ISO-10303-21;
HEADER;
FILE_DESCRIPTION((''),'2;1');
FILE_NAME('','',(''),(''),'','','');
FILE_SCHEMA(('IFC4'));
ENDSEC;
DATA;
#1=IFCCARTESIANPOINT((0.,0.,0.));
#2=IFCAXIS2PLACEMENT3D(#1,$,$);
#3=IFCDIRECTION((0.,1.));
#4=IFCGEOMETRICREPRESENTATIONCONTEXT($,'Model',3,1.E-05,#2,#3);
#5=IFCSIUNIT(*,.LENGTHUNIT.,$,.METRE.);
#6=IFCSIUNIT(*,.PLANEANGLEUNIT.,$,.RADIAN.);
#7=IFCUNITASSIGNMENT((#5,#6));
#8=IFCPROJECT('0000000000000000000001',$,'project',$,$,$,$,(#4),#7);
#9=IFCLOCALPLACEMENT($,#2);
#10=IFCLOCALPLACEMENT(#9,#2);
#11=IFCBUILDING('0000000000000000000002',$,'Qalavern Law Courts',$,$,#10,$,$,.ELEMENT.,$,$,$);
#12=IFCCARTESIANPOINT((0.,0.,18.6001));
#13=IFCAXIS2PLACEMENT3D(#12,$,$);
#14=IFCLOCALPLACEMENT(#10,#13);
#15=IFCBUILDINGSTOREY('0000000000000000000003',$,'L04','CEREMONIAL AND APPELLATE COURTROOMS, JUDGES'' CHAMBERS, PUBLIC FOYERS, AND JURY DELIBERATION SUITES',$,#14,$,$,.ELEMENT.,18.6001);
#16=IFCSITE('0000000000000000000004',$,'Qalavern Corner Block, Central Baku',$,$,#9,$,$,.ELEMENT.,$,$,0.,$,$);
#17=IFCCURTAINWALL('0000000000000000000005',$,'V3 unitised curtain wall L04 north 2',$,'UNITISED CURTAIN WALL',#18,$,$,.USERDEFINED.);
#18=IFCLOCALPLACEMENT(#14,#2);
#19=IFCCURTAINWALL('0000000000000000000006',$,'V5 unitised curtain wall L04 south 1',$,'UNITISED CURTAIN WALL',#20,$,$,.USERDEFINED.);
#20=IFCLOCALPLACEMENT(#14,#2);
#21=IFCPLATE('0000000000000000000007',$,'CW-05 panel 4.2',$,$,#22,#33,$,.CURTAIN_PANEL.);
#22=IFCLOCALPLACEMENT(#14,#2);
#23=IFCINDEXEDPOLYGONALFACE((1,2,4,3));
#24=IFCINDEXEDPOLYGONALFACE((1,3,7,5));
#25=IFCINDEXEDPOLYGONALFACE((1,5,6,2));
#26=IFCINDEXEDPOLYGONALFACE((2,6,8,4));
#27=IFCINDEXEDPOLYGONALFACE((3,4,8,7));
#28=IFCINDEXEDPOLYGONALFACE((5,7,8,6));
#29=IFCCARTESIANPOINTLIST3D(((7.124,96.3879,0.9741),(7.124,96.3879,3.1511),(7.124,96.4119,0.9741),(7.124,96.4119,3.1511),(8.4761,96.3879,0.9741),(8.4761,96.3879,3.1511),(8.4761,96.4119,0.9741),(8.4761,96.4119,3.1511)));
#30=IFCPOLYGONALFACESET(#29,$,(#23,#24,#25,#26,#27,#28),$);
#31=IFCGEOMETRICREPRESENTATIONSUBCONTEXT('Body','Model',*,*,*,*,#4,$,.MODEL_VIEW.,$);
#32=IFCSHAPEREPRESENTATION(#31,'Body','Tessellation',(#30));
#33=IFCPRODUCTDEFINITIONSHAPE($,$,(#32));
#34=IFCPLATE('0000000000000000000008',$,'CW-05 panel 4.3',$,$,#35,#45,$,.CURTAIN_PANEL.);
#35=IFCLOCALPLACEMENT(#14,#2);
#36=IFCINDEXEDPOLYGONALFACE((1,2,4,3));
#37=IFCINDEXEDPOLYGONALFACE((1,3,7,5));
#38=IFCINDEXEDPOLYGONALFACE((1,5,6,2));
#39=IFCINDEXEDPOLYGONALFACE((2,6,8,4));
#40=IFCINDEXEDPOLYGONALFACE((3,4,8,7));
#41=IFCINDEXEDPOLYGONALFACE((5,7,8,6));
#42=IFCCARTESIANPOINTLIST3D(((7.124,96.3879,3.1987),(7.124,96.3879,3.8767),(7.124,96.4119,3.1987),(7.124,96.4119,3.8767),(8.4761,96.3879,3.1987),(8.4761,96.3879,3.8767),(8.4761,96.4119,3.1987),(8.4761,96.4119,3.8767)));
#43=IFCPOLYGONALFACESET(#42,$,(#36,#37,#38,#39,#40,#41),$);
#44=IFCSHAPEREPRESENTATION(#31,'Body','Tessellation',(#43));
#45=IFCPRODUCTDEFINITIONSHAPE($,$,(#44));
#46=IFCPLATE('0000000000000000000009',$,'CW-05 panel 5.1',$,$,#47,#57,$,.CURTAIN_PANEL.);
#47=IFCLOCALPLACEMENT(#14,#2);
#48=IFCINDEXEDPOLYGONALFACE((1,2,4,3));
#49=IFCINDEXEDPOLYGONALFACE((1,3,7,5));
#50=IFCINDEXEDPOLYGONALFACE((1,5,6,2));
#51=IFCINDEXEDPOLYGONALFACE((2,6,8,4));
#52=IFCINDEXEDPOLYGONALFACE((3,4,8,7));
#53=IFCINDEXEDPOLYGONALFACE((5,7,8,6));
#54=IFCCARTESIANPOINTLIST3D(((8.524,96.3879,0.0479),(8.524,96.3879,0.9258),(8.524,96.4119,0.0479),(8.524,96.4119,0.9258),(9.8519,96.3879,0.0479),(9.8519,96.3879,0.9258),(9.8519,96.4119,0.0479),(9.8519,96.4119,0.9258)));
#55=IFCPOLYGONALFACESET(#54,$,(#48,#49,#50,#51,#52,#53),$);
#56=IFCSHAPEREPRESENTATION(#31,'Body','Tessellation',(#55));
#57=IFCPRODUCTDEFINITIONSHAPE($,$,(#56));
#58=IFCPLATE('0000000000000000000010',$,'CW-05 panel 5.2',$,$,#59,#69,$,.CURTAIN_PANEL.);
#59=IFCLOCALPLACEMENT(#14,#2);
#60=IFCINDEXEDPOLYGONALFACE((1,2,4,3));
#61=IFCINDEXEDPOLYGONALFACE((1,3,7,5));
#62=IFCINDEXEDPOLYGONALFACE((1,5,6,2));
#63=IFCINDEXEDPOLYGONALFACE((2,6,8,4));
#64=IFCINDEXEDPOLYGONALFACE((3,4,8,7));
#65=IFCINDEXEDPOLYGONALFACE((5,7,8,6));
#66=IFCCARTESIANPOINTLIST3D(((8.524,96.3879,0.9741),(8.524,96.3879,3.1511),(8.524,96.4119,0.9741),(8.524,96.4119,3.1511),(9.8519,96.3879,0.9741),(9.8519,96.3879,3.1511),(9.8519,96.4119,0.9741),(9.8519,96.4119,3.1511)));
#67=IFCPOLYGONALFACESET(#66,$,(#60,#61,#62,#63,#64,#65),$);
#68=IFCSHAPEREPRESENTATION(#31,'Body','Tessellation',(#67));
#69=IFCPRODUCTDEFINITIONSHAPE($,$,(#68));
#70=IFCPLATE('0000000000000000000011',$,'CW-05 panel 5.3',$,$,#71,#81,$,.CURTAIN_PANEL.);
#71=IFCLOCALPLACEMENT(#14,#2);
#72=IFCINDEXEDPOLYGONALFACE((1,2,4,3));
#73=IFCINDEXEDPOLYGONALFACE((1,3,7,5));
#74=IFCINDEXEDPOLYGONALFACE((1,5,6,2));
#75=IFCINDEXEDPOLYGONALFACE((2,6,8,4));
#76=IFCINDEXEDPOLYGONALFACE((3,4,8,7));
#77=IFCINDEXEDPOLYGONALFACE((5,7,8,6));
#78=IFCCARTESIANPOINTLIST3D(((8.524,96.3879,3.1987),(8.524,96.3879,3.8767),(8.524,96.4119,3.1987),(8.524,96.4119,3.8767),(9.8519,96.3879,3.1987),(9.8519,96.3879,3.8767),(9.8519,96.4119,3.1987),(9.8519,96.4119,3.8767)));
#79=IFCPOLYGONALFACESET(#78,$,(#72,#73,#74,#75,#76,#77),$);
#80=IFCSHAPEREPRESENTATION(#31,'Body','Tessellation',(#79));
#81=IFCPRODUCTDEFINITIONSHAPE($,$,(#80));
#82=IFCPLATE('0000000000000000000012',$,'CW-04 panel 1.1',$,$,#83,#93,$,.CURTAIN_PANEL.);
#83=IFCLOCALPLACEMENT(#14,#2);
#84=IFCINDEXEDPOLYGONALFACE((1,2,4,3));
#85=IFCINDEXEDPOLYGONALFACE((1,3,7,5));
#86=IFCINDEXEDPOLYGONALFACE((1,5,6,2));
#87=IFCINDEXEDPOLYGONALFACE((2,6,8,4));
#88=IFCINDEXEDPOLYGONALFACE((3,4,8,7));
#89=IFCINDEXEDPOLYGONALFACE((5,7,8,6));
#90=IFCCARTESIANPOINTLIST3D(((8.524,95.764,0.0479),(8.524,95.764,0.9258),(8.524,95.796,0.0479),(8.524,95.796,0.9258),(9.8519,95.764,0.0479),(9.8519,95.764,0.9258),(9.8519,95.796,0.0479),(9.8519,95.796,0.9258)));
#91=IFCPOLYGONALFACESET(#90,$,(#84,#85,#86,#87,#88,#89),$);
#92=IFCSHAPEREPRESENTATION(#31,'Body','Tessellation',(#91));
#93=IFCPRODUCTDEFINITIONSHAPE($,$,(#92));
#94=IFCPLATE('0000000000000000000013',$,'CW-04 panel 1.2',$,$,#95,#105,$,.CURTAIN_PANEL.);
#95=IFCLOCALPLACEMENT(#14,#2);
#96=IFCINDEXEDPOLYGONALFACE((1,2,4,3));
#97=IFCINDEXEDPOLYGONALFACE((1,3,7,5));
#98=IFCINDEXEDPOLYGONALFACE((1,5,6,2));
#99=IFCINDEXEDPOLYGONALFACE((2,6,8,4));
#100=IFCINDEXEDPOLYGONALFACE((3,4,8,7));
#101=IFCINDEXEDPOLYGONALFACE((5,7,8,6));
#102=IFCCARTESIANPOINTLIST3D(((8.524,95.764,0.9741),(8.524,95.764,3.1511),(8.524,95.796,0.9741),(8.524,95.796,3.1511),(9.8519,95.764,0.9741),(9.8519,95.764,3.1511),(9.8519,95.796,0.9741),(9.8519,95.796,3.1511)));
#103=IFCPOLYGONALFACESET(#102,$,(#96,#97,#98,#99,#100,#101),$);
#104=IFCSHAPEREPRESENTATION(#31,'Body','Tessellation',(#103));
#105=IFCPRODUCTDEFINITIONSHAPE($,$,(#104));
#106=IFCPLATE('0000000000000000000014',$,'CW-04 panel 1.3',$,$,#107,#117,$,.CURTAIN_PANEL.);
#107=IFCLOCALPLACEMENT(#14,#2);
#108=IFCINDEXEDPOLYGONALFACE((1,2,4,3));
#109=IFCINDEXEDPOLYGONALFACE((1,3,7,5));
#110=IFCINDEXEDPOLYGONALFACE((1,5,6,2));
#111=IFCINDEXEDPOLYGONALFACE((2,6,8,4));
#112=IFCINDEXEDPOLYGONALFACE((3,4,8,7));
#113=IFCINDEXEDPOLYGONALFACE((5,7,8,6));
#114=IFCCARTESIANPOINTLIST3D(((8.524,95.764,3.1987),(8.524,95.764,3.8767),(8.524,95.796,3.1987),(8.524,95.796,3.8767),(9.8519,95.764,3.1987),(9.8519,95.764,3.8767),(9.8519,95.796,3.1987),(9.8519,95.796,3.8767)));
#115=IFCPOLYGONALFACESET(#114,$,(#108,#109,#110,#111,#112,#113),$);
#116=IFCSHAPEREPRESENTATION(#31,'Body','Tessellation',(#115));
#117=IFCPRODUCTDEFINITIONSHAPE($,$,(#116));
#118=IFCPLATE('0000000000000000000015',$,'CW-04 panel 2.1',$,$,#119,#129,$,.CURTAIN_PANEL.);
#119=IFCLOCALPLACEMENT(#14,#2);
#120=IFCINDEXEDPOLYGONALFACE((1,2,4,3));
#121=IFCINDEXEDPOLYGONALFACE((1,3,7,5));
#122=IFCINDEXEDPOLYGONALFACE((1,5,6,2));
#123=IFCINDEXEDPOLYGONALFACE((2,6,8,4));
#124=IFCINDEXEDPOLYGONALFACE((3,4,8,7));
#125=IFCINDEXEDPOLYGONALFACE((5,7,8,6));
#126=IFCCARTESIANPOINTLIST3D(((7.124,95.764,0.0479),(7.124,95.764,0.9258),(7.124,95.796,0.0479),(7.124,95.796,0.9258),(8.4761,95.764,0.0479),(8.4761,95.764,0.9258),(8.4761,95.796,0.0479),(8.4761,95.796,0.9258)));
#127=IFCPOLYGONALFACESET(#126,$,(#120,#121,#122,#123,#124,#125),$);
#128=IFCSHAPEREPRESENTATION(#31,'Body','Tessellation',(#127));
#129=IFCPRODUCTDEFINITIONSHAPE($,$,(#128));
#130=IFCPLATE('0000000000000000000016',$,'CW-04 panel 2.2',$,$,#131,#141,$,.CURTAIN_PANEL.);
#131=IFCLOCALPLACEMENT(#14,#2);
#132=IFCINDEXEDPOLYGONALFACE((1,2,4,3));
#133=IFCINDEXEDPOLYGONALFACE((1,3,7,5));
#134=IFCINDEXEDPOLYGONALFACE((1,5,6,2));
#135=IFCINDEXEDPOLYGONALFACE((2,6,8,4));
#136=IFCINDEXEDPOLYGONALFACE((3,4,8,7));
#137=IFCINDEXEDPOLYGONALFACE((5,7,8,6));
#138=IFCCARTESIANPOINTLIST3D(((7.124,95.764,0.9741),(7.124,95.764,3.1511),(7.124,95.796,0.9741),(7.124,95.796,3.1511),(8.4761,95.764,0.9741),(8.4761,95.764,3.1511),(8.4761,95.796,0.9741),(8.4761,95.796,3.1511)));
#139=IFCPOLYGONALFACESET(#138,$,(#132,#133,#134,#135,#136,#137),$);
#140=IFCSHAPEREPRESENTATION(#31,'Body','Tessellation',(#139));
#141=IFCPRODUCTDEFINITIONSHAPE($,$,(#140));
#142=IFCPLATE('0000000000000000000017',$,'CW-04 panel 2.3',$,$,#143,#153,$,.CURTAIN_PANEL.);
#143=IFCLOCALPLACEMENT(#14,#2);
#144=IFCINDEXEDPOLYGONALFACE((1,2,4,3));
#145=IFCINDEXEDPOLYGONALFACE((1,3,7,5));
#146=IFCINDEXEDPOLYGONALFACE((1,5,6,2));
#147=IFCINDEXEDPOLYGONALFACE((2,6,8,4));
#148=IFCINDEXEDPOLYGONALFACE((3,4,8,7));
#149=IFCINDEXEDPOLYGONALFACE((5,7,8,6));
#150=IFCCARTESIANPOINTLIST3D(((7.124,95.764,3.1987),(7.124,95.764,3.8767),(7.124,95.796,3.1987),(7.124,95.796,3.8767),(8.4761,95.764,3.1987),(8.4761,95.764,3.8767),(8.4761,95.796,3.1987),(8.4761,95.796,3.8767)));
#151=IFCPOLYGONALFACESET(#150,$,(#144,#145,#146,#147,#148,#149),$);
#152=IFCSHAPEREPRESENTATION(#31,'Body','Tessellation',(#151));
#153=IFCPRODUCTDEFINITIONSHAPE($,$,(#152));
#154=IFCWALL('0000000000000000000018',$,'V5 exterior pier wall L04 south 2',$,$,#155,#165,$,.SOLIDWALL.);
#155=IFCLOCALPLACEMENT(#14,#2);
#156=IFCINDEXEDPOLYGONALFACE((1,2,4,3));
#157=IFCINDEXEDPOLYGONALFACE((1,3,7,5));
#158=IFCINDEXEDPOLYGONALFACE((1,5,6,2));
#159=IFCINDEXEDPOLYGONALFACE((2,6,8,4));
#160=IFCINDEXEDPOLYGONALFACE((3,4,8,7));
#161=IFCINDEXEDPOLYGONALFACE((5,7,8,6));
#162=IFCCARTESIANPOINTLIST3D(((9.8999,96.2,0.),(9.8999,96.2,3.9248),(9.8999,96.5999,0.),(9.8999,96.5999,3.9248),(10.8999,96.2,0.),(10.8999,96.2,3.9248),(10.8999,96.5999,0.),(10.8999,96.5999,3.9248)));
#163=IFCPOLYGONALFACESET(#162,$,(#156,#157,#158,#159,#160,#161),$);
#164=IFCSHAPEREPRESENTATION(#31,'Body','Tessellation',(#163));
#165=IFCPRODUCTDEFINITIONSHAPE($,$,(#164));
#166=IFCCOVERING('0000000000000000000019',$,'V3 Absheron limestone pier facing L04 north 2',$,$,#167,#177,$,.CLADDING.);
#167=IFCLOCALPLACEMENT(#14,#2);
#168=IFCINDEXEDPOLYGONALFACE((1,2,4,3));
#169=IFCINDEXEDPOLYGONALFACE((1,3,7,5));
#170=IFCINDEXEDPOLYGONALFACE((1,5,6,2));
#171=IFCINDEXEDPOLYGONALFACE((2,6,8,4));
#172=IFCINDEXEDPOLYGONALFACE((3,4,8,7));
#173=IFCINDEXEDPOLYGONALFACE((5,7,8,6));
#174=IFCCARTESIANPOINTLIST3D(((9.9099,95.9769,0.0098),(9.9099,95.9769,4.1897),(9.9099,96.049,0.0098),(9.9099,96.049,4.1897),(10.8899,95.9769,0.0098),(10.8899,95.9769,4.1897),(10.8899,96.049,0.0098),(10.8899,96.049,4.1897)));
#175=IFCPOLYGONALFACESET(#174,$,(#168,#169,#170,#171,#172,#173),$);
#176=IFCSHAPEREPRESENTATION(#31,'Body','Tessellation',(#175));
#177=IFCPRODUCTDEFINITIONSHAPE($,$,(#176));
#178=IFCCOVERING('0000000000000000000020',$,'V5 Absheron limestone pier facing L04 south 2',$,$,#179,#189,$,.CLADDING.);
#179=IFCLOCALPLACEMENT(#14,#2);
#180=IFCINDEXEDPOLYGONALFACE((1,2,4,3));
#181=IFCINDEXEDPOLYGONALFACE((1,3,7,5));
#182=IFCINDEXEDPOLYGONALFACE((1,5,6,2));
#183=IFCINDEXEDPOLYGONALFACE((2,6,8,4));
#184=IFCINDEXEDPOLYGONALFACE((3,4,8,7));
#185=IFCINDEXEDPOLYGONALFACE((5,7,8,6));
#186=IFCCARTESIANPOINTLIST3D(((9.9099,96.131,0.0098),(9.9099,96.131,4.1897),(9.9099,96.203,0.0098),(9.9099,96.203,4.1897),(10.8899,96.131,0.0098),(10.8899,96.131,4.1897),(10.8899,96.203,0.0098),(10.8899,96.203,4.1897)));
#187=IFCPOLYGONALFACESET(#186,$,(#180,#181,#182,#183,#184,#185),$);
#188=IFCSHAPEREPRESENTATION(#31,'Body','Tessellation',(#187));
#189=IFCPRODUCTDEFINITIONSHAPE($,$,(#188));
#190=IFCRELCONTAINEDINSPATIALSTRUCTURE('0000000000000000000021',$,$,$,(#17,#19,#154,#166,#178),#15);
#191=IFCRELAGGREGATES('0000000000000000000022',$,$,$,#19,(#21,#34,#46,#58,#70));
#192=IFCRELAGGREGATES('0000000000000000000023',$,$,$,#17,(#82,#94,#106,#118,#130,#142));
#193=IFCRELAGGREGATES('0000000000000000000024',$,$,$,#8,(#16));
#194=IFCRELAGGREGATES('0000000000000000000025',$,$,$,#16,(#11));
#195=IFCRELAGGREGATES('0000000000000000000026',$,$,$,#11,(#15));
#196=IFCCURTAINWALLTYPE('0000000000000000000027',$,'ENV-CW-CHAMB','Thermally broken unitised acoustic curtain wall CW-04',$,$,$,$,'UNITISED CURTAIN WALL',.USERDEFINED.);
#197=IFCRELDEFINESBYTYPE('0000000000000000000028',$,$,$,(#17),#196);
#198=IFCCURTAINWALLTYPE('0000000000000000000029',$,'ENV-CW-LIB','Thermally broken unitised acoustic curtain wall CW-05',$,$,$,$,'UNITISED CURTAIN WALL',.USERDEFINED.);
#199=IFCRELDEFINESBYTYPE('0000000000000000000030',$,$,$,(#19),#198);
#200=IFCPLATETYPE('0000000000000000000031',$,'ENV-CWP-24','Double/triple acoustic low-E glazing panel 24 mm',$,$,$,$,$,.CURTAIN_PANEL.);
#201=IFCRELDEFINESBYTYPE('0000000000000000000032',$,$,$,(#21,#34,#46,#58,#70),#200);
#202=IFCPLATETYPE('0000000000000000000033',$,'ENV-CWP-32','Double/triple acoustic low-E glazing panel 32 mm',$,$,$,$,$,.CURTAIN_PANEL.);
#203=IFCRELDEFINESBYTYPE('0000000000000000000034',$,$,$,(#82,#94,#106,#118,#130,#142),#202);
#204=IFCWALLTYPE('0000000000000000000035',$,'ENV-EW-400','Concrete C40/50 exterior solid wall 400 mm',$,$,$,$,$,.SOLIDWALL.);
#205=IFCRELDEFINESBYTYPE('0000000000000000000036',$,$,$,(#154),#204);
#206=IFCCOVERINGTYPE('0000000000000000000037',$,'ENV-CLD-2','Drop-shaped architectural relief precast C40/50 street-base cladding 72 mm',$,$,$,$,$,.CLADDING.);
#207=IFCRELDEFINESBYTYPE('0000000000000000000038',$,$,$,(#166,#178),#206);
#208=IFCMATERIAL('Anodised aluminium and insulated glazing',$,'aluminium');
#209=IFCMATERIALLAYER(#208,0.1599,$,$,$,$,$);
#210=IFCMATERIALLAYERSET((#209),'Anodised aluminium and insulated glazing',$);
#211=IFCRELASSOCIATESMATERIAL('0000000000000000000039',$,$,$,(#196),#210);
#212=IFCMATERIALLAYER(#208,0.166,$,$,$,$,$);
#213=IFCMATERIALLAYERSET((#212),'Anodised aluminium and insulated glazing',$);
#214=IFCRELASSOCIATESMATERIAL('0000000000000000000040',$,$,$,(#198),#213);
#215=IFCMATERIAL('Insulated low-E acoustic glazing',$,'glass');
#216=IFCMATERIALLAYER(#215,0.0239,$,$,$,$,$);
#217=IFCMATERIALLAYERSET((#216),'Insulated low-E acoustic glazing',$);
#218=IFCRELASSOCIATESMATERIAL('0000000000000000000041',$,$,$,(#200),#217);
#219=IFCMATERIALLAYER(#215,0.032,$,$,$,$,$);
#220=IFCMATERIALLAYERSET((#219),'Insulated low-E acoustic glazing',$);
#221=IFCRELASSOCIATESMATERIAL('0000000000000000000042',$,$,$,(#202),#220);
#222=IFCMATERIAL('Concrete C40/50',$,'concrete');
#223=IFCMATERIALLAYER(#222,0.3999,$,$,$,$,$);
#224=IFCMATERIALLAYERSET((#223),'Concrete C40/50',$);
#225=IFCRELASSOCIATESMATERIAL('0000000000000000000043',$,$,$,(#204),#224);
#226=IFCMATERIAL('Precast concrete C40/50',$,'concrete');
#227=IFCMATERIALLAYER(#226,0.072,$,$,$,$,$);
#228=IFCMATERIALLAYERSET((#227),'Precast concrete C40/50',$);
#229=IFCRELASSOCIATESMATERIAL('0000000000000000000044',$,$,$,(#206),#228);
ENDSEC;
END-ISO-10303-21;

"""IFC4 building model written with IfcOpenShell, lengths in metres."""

from ifc_helpers import new_model, si_unit, direction, frame, frame_2d, origin, origin_2d, place, context, subcontext, project, spatial, rectangle, extrude, material, layer, layer_set, type_object, element, aggregate, save


model = new_model("IFC4")

# Units and contexts
model_context = context("Model", 3, precision=1e-05, world=origin(), true_north=direction((0.0, 1.0)))
body_context = subcontext(model_context, "Body", "Model", "MODEL_VIEW")
ifc_project = project(units=[si_unit("LENGTHUNIT", "METRE"), si_unit("PLANEANGLEUNIT", "RADIAN")], contexts=[model_context])

# Site, building, storey
site_placement = place(None, origin())
site = spatial("IfcSite", under=ifc_project, at=site_placement, Name="Qalavern Corner Block, Central Baku", CompositionType="ELEMENT", RefElevation=0.0)
building_placement = place(site_placement, origin())
building = spatial("IfcBuilding", under=site, at=building_placement, Name="Qalavern Law Courts", CompositionType="ELEMENT")
storey_placement = place(building_placement, frame((0.0, 0.0, 18.6001)))
storey = spatial("IfcBuildingStorey", under=building, at=storey_placement, Name="L04", Description="CEREMONIAL AND APPELLATE COURTROOMS, JUDGES' CHAMBERS, PUBLIC FOYERS, AND JURY DELIBERATION SUITES", CompositionType="ELEMENT", Elevation=18.6001)

# Curtain walls
ifc_material_1 = material(Name="Anodised aluminium and insulated glazing", Category="aluminium")
ifc_layer_1 = layer(ifc_material_1, 0.1599)
ifc_layer_set_1 = layer_set([ifc_layer_1], Name="Anodised aluminium and insulated glazing")
curtain_wall_type_1 = type_object("IfcCurtainWallType", Name="ENV-CW-CHAMB", Description="Thermally broken unitised acoustic curtain wall CW-04", ElementType="UNITISED CURTAIN WALL", PredefinedType="USERDEFINED", material=ifc_layer_set_1)
curtain_wall_1_placement = place(storey_placement, origin())
curtain_wall_1 = element("IfcCurtainWall", 1, at=curtain_wall_1_placement, inside=storey, type_object=curtain_wall_type_1, Name="V3 unitised curtain wall L04 north 2", ObjectType="UNITISED CURTAIN WALL", PredefinedType="USERDEFINED")
ifc_layer_2 = layer(ifc_material_1, 0.166)
ifc_layer_set_2 = layer_set([ifc_layer_2], Name="Anodised aluminium and insulated glazing")
curtain_wall_type_2 = type_object("IfcCurtainWallType", Name="ENV-CW-LIB", Description="Thermally broken unitised acoustic curtain wall CW-05", ElementType="UNITISED CURTAIN WALL", PredefinedType="USERDEFINED", material=ifc_layer_set_2)
curtain_wall_2_placement = place(storey_placement, origin())
curtain_wall_2 = element("IfcCurtainWall", 2, at=curtain_wall_2_placement, inside=storey, type_object=curtain_wall_type_2, Name="V5 unitised curtain wall L04 south 1", ObjectType="UNITISED CURTAIN WALL", PredefinedType="USERDEFINED")

# Shared definitions
ifc_material_2 = material(Name="Concrete C40/50", Category="concrete")

# Plates
ifc_material_3 = material(Name="Insulated low-E acoustic glazing", Category="glass")
ifc_layer_3 = layer(ifc_material_3, 0.0239)
ifc_layer_set_3 = layer_set([ifc_layer_3], Name="Insulated low-E acoustic glazing")
plate_type_1 = type_object("IfcPlateType", Name="ENV-CWP-24", Description="Double/triple acoustic low-E glazing panel 24 mm", PredefinedType="CURTAIN_PANEL", material=ifc_layer_set_3)
plate_1_placement = place(storey_placement, frame((7.8, 96.3999, 0.9741), z_axis=(0.0, 0.0, 1.0), x_axis=(1.0, 0.0, 0.0)))
plate_1 = element("IfcPlate", 3, at=plate_1_placement, type_object=plate_type_1, Name="CW-05 panel 4.2", PredefinedType="CURTAIN_PANEL", context=body_context, shape_type="SweptSolid", body=[
    extrude(rectangle(XDim=1.3521, YDim=0.0239, at=origin_2d()), origin(), (0.0, 0.0, 1.0), 2.177),
])
plate_2_placement = place(storey_placement, frame((7.8, 96.3999, 3.1987), z_axis=(0.0, 0.0, 1.0), x_axis=(1.0, 0.0, 0.0)))
plate_2 = element("IfcPlate", 4, at=plate_2_placement, type_object=plate_type_1, Name="CW-05 panel 4.3", PredefinedType="CURTAIN_PANEL", context=body_context, shape_type="SweptSolid", body=[
    extrude(rectangle(XDim=1.3521, YDim=0.0239, at=origin_2d()), origin(), (0.0, 0.0, 1.0), 0.678),
])
plate_3_placement = place(storey_placement, frame((9.188, 96.3999, 0.0479), z_axis=(0.0, 0.0, 1.0), x_axis=(1.0, 0.0, 0.0)))
plate_3 = element("IfcPlate", 5, at=plate_3_placement, type_object=plate_type_1, Name="CW-05 panel 5.1", PredefinedType="CURTAIN_PANEL", context=body_context, shape_type="SweptSolid", body=[
    extrude(rectangle(XDim=1.3279, YDim=0.0239, at=origin_2d()), origin(), (0.0, 0.0, 1.0), 0.8779),
])
plate_4_placement = place(storey_placement, frame((9.188, 96.3999, 0.9741), z_axis=(0.0, 0.0, 1.0), x_axis=(1.0, 0.0, 0.0)))
plate_4 = element("IfcPlate", 6, at=plate_4_placement, type_object=plate_type_1, Name="CW-05 panel 5.2", PredefinedType="CURTAIN_PANEL", context=body_context, shape_type="SweptSolid", body=[
    extrude(rectangle(XDim=1.3279, YDim=0.0239, at=origin_2d()), origin(), (0.0, 0.0, 1.0), 2.177),
])
plate_5_placement = place(storey_placement, frame((9.188, 96.3999, 3.1987), z_axis=(0.0, 0.0, 1.0), x_axis=(1.0, 0.0, 0.0)))
plate_5 = element("IfcPlate", 7, at=plate_5_placement, type_object=plate_type_1, Name="CW-05 panel 5.3", PredefinedType="CURTAIN_PANEL", context=body_context, shape_type="SweptSolid", body=[
    extrude(rectangle(XDim=1.3279, YDim=0.0239, at=origin_2d()), origin(), (0.0, 0.0, 1.0), 0.678),
])
aggregate(curtain_wall_2, [plate_1, plate_2, plate_3, plate_4, plate_5])
ifc_layer_4 = layer(ifc_material_3, 0.032)
ifc_layer_set_4 = layer_set([ifc_layer_4], Name="Insulated low-E acoustic glazing")
plate_type_2 = type_object("IfcPlateType", Name="ENV-CWP-32", Description="Double/triple acoustic low-E glazing panel 32 mm", PredefinedType="CURTAIN_PANEL", material=ifc_layer_set_4)
plate_6_placement = place(storey_placement, frame((9.188, 95.78, 0.0479), z_axis=(0.0, 0.0, 1.0), x_axis=(-1.0, 0.0, 0.0)))
plate_6 = element("IfcPlate", 8, at=plate_6_placement, type_object=plate_type_2, Name="CW-04 panel 1.1", PredefinedType="CURTAIN_PANEL", context=body_context, shape_type="SweptSolid", body=[
    extrude(rectangle(XDim=1.3279, YDim=0.032, at=origin_2d()), origin(), (0.0, 0.0, 1.0), 0.8779),
])
plate_7_placement = place(storey_placement, frame((9.188, 95.78, 0.9741), z_axis=(0.0, 0.0, 1.0), x_axis=(-1.0, 0.0, 0.0)))
plate_7 = element("IfcPlate", 9, at=plate_7_placement, type_object=plate_type_2, Name="CW-04 panel 1.2", PredefinedType="CURTAIN_PANEL", context=body_context, shape_type="SweptSolid", body=[
    extrude(rectangle(XDim=1.3279, YDim=0.032, at=origin_2d()), origin(), (0.0, 0.0, 1.0), 2.177),
])
plate_8_placement = place(storey_placement, frame((9.188, 95.78, 3.1987), z_axis=(0.0, 0.0, 1.0), x_axis=(-1.0, 0.0, 0.0)))
plate_8 = element("IfcPlate", 10, at=plate_8_placement, type_object=plate_type_2, Name="CW-04 panel 1.3", PredefinedType="CURTAIN_PANEL", context=body_context, shape_type="SweptSolid", body=[
    extrude(rectangle(XDim=1.3279, YDim=0.032, at=origin_2d()), origin(), (0.0, 0.0, 1.0), 0.678),
])
plate_9_placement = place(storey_placement, frame((7.8, 95.78, 0.0479), z_axis=(0.0, 0.0, 1.0), x_axis=(-1.0, 0.0, 0.0)))
plate_9 = element("IfcPlate", 11, at=plate_9_placement, type_object=plate_type_2, Name="CW-04 panel 2.1", PredefinedType="CURTAIN_PANEL", context=body_context, shape_type="SweptSolid", body=[
    extrude(rectangle(XDim=1.3521, YDim=0.032, at=origin_2d()), origin(), (0.0, 0.0, 1.0), 0.8779),
])
plate_10_placement = place(storey_placement, frame((7.8, 95.78, 0.9741), z_axis=(0.0, 0.0, 1.0), x_axis=(-1.0, 0.0, 0.0)))
plate_10 = element("IfcPlate", 12, at=plate_10_placement, type_object=plate_type_2, Name="CW-04 panel 2.2", PredefinedType="CURTAIN_PANEL", context=body_context, shape_type="SweptSolid", body=[
    extrude(rectangle(XDim=1.3521, YDim=0.032, at=origin_2d()), origin(), (0.0, 0.0, 1.0), 2.177),
])
plate_11_placement = place(storey_placement, frame((7.8, 95.78, 3.1987), z_axis=(0.0, 0.0, 1.0), x_axis=(-1.0, 0.0, 0.0)))
plate_11 = element("IfcPlate", 13, at=plate_11_placement, type_object=plate_type_2, Name="CW-04 panel 2.3", PredefinedType="CURTAIN_PANEL", context=body_context, shape_type="SweptSolid", body=[
    extrude(rectangle(XDim=1.3521, YDim=0.032, at=origin_2d()), origin(), (0.0, 0.0, 1.0), 0.678),
])
aggregate(curtain_wall_1, [plate_6, plate_7, plate_8, plate_9, plate_10, plate_11])

# Wall
ifc_layer_5 = layer(ifc_material_2, 0.3999)
ifc_layer_set_5 = layer_set([ifc_layer_5], Name="Concrete C40/50")
wall_type = type_object("IfcWallType", Name="ENV-EW-400", Description="Concrete C40/50 exterior solid wall 400 mm", PredefinedType="SOLIDWALL", material=ifc_layer_set_5)
wall_placement = place(storey_placement, frame((9.8999, 96.3999, 0.0), z_axis=(0.0, 0.0, 1.0), x_axis=(1.0, 0.0, 0.0)))
element("IfcWall", 14, at=wall_placement, inside=storey, type_object=wall_type, Name="V5 exterior pier wall L04 south 2", PredefinedType="SOLIDWALL", context=body_context, shape_type="SweptSolid", body=[
    extrude(rectangle(XDim=1.0, YDim=0.3999, at=frame_2d((0.5, 0.0))), origin(), (0.0, 0.0, 1.0), 3.9248),
])

# Coverings
ifc_material_4 = material(Name="Precast concrete C40/50", Category="concrete")
ifc_layer_6 = layer(ifc_material_4, 0.072)
ifc_layer_set_6 = layer_set([ifc_layer_6], Name="Precast concrete C40/50")
covering_type = type_object("IfcCoveringType", Name="ENV-CLD-2", Description="Drop-shaped architectural relief precast C40/50 street-base cladding 72 mm", PredefinedType="CLADDING", material=ifc_layer_set_6)
for number, where, z_axis, x_axis, name in (
    (15, (10.3999, 96.0129, 0.0098), (0.0, 0.0, 1.0), (-1.0, 0.0, 0.0), "V3 Absheron limestone pier facing L04 north 2"),
    (16, (10.3999, 96.167, 0.0098), (0.0, 0.0, 1.0), (1.0, 0.0, 0.0), "V5 Absheron limestone pier facing L04 south 2"),
):
    element("IfcCovering", number, at=place(storey_placement, frame(where, z_axis=z_axis, x_axis=x_axis)), inside=storey, type_object=covering_type, Name=name, PredefinedType="CLADDING", context=body_context, shape_type="SweptSolid", body=[
        extrude(rectangle(XDim=0.98, YDim=0.072, at=origin_2d()), origin(), (0.0, 0.0, 1.0), 4.1799),
    ])

save(model, "model.ifc")
